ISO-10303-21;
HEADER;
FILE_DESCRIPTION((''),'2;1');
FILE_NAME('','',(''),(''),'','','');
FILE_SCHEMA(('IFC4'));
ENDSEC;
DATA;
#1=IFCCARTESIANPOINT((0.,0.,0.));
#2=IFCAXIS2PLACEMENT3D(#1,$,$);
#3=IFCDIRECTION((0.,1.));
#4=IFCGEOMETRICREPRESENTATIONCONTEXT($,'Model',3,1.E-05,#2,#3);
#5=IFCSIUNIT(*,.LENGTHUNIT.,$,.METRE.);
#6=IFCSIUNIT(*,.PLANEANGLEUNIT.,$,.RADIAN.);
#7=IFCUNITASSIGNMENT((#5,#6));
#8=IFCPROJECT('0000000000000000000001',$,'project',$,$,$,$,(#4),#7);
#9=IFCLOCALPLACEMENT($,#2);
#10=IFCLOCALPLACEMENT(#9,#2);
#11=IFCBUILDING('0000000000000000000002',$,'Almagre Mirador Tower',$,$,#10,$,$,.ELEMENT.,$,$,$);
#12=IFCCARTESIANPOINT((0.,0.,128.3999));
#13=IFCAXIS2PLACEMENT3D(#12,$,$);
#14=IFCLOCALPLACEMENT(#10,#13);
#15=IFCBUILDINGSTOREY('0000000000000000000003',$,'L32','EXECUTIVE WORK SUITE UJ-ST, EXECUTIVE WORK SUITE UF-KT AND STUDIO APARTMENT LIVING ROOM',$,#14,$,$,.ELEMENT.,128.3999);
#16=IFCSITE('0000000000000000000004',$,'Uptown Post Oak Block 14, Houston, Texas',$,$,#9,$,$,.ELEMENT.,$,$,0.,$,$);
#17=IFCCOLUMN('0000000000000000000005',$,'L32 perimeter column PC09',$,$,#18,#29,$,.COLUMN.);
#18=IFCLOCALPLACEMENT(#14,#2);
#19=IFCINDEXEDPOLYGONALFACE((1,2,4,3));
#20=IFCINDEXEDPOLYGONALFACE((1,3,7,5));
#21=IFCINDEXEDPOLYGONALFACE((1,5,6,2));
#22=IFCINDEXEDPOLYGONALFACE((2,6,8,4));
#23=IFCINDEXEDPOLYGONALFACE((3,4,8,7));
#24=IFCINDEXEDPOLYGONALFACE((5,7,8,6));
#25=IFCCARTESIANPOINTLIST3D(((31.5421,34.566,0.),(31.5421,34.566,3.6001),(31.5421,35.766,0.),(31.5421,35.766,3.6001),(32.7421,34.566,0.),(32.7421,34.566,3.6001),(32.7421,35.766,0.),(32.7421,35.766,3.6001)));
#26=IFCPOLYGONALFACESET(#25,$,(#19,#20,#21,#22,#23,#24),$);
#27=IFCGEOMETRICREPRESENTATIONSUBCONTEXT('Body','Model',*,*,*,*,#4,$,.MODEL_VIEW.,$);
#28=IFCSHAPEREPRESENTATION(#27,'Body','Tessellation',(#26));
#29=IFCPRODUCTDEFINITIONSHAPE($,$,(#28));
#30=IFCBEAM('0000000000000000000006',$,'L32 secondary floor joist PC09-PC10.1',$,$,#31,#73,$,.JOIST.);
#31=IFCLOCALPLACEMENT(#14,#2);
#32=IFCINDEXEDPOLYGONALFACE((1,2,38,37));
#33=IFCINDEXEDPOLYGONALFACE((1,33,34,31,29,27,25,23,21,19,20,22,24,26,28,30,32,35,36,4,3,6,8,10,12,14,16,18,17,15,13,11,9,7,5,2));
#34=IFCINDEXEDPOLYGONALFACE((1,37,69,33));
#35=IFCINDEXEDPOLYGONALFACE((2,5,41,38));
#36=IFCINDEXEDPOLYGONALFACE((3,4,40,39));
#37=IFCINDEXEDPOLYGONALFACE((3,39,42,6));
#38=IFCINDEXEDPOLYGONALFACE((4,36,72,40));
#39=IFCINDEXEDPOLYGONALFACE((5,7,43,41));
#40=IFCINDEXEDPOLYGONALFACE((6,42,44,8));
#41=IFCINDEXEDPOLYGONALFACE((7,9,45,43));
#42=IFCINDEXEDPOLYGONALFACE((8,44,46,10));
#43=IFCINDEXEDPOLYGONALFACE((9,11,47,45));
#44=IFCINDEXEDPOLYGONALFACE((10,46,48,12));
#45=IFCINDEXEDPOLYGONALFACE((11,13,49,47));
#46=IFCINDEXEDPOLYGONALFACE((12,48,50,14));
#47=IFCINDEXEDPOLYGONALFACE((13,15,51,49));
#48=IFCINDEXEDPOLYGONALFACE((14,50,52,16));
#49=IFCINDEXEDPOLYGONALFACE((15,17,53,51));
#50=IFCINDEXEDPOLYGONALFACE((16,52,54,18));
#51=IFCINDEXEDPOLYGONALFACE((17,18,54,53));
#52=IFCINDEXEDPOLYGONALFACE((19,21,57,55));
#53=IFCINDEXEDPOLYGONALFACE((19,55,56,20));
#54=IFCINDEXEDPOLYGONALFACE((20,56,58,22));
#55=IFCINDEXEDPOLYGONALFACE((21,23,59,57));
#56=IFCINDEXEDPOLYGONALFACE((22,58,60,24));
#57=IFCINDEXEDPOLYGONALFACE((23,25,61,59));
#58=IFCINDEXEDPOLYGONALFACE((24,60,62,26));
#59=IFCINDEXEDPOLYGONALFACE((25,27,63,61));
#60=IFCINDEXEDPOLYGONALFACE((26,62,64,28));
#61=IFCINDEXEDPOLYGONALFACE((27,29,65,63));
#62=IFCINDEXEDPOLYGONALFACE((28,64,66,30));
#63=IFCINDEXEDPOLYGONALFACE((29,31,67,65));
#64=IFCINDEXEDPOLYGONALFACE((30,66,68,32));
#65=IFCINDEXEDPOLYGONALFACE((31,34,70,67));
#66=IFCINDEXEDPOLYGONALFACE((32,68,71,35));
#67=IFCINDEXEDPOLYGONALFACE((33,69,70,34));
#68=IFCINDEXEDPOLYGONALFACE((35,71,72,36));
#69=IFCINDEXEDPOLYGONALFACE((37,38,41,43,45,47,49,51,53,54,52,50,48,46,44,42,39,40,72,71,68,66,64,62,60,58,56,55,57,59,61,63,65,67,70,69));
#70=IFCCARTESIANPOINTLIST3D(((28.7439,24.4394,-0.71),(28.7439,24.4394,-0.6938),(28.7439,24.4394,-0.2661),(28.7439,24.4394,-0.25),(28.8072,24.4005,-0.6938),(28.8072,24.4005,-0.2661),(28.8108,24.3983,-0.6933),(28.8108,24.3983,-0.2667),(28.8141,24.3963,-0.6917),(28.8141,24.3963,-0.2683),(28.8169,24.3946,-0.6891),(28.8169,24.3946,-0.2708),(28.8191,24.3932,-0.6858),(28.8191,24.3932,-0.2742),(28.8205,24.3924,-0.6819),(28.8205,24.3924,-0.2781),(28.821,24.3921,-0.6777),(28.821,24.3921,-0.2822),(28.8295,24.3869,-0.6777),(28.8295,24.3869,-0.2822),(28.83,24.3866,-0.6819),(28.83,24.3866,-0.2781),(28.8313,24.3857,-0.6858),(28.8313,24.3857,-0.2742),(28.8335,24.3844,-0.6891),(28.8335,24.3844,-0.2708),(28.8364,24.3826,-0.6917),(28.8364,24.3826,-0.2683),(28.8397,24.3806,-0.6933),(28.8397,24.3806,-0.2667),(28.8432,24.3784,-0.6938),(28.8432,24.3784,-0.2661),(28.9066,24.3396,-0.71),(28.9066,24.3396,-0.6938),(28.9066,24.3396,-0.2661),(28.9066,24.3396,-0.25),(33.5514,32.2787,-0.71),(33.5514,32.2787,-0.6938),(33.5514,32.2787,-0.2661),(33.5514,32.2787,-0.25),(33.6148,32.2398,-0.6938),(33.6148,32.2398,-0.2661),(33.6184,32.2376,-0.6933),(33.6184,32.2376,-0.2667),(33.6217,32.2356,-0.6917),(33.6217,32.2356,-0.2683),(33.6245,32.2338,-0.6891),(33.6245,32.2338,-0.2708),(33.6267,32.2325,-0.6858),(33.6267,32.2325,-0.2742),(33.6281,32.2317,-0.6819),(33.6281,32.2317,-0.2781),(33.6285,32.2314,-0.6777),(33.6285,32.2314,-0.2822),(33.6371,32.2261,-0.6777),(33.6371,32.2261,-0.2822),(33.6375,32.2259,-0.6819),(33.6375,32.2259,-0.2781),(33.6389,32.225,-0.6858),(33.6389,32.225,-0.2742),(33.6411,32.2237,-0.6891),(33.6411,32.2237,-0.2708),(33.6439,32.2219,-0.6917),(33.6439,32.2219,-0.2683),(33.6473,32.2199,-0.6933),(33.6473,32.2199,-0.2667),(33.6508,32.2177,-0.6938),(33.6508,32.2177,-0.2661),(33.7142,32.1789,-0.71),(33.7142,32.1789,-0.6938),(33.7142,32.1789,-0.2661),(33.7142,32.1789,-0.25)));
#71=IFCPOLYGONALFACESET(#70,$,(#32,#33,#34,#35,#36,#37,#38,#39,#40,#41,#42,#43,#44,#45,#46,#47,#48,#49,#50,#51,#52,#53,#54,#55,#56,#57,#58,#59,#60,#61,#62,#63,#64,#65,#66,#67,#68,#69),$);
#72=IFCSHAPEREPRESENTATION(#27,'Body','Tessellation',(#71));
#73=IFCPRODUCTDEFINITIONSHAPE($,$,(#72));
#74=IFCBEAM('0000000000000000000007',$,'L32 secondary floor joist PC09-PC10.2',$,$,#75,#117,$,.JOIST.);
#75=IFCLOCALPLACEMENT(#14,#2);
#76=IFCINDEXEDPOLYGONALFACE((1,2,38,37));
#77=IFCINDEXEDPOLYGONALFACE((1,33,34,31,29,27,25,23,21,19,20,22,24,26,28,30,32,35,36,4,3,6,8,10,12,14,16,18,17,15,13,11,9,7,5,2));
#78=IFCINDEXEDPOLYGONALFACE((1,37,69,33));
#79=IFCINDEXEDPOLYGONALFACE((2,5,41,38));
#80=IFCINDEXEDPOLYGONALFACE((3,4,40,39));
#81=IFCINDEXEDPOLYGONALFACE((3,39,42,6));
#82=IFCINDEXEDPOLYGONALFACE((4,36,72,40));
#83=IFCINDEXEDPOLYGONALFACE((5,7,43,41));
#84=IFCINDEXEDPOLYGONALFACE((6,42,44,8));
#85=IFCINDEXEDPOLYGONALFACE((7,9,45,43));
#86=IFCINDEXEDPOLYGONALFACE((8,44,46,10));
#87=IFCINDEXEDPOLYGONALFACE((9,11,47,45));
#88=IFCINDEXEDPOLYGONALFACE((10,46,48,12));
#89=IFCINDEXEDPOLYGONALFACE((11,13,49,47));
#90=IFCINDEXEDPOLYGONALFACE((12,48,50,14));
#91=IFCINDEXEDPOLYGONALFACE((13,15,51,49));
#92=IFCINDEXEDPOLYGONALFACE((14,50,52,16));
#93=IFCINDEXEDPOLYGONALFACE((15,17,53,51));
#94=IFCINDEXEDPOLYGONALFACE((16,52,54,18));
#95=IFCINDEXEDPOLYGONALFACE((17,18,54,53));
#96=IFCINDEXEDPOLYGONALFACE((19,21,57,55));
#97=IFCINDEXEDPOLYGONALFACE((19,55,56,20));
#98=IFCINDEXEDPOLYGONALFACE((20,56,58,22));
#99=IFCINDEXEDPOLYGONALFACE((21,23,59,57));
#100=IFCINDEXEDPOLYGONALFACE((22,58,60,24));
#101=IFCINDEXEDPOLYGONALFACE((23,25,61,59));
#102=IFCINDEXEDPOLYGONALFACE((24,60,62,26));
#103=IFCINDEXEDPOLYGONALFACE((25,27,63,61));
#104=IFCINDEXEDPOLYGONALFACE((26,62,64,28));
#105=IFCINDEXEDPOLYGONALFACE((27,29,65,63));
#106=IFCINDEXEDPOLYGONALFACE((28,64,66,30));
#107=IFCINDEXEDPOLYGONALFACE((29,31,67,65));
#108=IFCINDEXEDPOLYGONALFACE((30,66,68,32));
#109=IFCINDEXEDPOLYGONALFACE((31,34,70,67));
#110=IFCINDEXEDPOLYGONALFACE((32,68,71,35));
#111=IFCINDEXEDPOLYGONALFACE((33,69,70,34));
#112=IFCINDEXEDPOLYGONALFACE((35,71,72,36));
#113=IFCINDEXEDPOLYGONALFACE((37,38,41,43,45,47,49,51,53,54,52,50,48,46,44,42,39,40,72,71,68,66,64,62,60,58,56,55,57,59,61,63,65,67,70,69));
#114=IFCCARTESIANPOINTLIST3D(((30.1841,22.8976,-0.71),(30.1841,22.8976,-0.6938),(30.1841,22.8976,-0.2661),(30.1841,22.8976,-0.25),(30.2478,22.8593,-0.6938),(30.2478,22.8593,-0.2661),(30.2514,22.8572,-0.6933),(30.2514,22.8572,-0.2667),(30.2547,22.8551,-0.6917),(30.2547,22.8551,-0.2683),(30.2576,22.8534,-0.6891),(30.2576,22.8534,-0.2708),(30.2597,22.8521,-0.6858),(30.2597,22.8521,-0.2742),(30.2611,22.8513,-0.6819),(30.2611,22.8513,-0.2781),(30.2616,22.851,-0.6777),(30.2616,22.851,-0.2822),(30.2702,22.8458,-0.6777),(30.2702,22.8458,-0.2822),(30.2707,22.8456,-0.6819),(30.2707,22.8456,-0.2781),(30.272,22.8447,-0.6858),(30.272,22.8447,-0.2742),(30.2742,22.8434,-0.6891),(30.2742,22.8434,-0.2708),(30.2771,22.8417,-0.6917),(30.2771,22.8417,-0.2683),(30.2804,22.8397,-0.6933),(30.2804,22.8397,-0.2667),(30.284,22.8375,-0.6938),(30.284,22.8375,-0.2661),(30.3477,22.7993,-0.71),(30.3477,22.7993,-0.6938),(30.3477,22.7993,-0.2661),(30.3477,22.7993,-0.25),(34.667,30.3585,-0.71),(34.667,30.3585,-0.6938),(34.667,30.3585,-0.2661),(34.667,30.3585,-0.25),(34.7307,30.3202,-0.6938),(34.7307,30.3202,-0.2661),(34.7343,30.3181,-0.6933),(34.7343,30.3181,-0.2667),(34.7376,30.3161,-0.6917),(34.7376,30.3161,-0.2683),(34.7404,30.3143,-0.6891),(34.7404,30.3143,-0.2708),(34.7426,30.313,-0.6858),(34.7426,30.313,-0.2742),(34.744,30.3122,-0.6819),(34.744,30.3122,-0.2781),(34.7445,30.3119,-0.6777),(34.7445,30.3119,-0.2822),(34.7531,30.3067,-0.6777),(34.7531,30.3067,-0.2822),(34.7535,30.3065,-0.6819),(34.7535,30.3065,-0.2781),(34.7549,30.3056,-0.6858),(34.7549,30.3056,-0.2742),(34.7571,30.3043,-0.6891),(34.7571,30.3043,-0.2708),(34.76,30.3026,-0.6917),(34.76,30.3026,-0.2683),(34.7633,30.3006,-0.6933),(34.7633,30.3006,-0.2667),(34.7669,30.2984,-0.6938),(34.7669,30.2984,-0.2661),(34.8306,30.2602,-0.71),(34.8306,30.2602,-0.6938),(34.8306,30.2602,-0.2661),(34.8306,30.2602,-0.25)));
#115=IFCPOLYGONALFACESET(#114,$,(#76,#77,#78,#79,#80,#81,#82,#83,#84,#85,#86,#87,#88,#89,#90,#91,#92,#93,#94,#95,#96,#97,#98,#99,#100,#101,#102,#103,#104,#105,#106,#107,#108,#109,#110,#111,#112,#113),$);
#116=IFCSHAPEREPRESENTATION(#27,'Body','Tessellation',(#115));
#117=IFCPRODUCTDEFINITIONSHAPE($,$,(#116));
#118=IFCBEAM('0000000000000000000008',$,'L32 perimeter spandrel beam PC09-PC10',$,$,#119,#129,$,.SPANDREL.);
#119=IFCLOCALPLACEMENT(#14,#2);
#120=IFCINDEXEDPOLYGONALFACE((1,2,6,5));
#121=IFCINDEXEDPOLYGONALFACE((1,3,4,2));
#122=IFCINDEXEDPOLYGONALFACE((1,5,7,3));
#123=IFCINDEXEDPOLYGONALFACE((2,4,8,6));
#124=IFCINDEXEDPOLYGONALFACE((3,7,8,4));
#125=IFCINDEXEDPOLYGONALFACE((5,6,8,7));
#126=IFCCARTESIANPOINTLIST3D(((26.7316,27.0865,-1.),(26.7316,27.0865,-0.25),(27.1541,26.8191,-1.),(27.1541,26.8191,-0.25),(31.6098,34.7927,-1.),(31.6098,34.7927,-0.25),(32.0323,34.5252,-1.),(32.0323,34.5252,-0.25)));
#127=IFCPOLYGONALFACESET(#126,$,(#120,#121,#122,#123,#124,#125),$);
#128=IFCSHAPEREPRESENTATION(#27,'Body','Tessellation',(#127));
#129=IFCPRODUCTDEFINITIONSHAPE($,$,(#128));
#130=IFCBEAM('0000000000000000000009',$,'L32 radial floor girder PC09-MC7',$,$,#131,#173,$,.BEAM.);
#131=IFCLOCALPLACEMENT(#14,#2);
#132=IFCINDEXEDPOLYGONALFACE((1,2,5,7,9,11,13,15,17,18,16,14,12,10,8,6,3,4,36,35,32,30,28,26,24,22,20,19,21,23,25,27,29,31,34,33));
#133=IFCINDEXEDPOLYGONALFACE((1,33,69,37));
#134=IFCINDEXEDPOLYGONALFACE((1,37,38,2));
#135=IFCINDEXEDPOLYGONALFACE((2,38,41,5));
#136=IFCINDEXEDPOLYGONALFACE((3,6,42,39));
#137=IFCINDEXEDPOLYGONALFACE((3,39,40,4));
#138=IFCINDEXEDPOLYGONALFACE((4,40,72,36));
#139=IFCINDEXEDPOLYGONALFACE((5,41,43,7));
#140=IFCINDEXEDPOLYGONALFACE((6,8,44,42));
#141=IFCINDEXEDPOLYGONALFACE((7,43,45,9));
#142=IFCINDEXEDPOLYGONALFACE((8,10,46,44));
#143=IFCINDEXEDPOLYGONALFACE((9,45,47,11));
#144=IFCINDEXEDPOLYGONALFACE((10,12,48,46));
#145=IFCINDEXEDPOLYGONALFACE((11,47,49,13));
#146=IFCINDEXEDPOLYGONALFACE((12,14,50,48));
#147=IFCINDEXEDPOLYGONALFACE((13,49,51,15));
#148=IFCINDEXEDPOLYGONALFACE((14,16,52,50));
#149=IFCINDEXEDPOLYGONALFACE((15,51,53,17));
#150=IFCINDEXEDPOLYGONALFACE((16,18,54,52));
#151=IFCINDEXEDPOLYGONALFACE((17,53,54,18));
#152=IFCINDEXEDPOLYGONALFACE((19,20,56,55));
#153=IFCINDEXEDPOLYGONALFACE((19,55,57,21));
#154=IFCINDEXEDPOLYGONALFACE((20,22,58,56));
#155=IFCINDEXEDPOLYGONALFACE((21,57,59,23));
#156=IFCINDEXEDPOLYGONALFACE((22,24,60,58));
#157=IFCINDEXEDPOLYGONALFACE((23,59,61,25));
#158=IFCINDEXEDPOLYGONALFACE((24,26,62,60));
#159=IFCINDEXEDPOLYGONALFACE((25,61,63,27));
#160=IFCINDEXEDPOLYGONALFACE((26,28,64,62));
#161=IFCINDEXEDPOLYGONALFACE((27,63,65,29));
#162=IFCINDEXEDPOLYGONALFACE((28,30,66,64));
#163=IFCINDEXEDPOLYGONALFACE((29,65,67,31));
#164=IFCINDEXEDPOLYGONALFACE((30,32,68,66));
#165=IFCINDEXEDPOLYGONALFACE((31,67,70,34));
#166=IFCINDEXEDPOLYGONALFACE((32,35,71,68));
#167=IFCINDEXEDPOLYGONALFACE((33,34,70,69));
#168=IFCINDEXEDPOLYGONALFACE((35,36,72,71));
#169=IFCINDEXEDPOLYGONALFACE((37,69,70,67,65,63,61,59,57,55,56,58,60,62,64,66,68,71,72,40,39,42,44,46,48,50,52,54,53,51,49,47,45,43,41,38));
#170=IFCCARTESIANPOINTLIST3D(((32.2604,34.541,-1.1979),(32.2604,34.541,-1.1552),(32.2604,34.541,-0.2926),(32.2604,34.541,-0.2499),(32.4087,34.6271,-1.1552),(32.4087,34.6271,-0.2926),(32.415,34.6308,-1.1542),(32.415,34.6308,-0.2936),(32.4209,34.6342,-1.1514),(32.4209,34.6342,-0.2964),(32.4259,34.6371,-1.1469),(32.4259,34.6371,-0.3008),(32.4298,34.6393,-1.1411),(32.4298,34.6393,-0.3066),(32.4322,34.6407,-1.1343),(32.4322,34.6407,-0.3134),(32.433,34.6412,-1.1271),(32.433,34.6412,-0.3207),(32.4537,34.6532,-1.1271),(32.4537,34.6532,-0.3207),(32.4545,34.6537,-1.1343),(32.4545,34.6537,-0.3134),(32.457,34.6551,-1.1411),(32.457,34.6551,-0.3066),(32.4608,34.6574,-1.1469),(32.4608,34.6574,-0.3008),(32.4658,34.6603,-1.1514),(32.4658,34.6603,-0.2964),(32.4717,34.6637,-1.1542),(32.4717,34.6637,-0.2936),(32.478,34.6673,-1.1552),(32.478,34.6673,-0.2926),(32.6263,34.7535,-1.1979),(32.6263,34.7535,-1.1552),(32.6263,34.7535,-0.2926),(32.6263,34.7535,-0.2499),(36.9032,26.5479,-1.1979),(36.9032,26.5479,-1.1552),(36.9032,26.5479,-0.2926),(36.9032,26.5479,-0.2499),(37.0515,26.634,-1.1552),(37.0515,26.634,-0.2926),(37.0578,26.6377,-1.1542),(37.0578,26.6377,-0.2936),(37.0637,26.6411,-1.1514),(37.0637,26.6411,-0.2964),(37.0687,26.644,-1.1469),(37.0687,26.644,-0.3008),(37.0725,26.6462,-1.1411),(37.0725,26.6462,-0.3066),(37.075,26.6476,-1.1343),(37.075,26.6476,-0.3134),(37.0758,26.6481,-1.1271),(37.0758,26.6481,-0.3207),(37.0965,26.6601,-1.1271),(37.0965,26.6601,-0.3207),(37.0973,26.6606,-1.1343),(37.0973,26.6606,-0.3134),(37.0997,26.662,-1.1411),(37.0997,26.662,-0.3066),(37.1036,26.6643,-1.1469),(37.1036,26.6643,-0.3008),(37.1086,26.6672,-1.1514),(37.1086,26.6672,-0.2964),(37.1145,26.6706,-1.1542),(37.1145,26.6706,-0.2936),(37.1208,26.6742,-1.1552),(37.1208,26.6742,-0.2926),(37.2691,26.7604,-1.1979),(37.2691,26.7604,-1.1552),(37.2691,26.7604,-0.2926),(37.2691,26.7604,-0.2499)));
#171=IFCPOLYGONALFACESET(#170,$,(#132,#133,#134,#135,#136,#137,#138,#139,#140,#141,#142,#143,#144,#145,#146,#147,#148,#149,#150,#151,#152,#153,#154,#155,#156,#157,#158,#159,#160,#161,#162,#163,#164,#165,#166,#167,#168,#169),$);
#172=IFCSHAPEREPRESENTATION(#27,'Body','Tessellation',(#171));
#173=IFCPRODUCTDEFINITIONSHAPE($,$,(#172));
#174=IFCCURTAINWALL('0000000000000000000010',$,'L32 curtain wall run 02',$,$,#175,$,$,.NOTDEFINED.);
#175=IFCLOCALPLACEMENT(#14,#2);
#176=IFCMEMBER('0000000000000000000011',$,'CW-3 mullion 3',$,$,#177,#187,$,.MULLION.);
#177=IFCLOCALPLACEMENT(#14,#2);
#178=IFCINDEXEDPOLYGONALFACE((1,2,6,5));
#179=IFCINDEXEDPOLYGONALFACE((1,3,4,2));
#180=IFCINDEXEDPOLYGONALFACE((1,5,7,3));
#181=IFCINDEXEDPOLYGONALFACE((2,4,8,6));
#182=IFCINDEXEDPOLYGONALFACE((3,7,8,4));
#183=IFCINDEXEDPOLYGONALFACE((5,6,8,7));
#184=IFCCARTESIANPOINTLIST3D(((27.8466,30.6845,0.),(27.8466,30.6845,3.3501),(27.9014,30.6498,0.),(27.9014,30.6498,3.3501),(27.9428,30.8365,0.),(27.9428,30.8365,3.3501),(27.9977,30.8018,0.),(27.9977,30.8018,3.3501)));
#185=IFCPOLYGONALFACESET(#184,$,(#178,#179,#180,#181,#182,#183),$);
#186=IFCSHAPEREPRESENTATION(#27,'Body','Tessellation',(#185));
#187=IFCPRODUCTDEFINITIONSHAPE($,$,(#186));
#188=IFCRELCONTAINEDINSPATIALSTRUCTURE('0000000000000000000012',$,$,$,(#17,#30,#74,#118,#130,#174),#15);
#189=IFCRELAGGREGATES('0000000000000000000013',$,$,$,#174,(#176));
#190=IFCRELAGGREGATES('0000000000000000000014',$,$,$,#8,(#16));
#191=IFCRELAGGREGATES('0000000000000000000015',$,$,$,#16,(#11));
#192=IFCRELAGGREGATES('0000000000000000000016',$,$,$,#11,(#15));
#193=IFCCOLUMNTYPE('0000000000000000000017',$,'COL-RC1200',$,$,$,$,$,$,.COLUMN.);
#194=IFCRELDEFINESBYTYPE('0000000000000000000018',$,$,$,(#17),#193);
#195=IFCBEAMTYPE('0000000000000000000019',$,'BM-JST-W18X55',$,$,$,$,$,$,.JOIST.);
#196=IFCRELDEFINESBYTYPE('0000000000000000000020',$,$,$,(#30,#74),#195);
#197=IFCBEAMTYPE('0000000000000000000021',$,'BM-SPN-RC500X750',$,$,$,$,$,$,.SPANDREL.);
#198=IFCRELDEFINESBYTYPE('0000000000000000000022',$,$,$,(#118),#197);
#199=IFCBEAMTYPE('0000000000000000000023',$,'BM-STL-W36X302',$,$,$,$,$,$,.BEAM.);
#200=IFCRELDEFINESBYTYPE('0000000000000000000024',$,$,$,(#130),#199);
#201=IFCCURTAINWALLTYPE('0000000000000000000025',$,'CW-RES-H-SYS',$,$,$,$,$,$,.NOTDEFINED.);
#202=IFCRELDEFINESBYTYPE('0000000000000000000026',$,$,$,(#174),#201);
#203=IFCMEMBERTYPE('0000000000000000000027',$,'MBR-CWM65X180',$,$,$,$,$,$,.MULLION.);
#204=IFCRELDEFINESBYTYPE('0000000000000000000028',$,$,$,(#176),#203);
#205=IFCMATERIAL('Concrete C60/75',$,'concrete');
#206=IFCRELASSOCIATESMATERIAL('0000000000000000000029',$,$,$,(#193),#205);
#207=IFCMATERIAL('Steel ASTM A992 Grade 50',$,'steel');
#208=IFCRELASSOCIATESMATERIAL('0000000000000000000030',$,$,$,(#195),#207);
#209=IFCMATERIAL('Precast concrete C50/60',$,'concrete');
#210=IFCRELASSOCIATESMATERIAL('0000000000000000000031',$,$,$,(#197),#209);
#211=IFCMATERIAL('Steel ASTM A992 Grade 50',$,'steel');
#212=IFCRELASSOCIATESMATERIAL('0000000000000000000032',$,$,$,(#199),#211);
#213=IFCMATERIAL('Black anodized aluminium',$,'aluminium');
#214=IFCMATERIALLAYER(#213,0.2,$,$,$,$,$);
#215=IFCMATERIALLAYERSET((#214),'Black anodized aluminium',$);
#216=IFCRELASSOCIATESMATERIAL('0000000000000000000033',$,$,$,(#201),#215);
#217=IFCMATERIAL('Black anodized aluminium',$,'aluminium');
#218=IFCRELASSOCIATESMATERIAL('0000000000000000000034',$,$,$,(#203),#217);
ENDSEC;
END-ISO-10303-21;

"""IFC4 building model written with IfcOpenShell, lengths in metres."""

from ifc_helpers import new_model, si_unit, direction, frame, origin, origin_2d, place, context, subcontext, project, spatial, rectangle, i_section, extrude, material, layer, layer_set, material_profile, profile_set, type_object, element, aggregate, save


model = new_model("IFC4")

# Units and contexts
model_context = context("Model", 3, precision=1e-05, world=origin(), true_north=direction((0.0, 1.0)))
body_context = subcontext(model_context, "Body", "Model", "MODEL_VIEW")
ifc_project = project(units=[si_unit("LENGTHUNIT", "METRE"), si_unit("PLANEANGLEUNIT", "RADIAN")], contexts=[model_context])

# Site, building, storey
site_placement = place(None, origin())
site = spatial("IfcSite", under=ifc_project, at=site_placement, Name="Uptown Post Oak Block 14, Houston, Texas", CompositionType="ELEMENT", RefElevation=0.0)
building_placement = place(site_placement, origin())
building = spatial("IfcBuilding", under=site, at=building_placement, Name="Almagre Mirador Tower", CompositionType="ELEMENT")
storey_placement = place(building_placement, frame((0.0, 0.0, 128.3999)))
storey = spatial("IfcBuildingStorey", under=building, at=storey_placement, Name="L32", Description="EXECUTIVE WORK SUITE UJ-ST, EXECUTIVE WORK SUITE UF-KT AND STUDIO APARTMENT LIVING ROOM", CompositionType="ELEMENT", Elevation=128.3999)

# Column
ifc_material_1 = material(Name="Concrete C60/75", Category="concrete")
ifc_material_profile_1 = material_profile(ifc_material_1, rectangle(XDim=1.2, YDim=1.2, at=origin_2d()), Name="RC1200X1200")
ifc_profile_set_1 = profile_set([ifc_material_profile_1], Name="Concrete C60/75")
column_type = type_object("IfcColumnType", Name="COL-RC1200", PredefinedType="COLUMN", material=ifc_profile_set_1)
column_placement = place(storey_placement, frame((32.1421, 35.166, 0.0), z_axis=(0.0, 0.0, 1.0), x_axis=(1.0, 0.0, 0.0)))
element("IfcColumn", 1, at=column_placement, inside=storey, type_object=column_type, Name="L32 perimeter column PC09", PredefinedType="COLUMN", context=body_context, shape_type="SweptSolid", body=[
    extrude(rectangle(XDim=1.2, YDim=1.2, at=origin_2d()), origin(), (0.0, 0.0, 1.0), 3.6001),
])

# Beams
ifc_material_2 = material(Name="Steel ASTM A992 Grade 50", Category="steel")
ifc_material_profile_2 = material_profile(ifc_material_2, i_section(OverallWidth=0.1909, OverallDepth=0.46, WebThickness=0.01, FlangeThickness=0.0161, FilletRadius=0.0161, at=origin_2d()), Name="W18X55")
ifc_profile_set_2 = profile_set([ifc_material_profile_2], Name="Steel ASTM A992 Grade 50")
beam_type_1 = type_object("IfcBeamType", Name="BM-JST-W18X55", PredefinedType="JOIST", material=ifc_profile_set_2)
beam_1_placement = place(storey_placement, frame((33.6328, 32.2288, -0.48), z_axis=(-0.522787, -0.852463, 0.0), x_axis=(0.852463, -0.522787, 0.0)))
element("IfcBeam", 2, at=beam_1_placement, inside=storey, type_object=beam_type_1, Name="L32 secondary floor joist PC09-PC10.1", PredefinedType="JOIST", context=body_context, shape_type="SweptSolid", body=[
    extrude(i_section(OverallWidth=0.1909, OverallDepth=0.46, WebThickness=0.01, FlangeThickness=0.0161, FilletRadius=0.0161, at=origin_2d()), origin(), (0.0, 0.0, 1.0), 9.196),
])
beam_2_placement = place(storey_placement, frame((34.7488, 30.3093, -0.48), z_axis=(-0.515032, -0.857171, 0.0), x_axis=(0.857171, -0.515032, 0.0)))
element("IfcBeam", 3, at=beam_2_placement, inside=storey, type_object=beam_type_1, Name="L32 secondary floor joist PC09-PC10.2", PredefinedType="JOIST", context=body_context, shape_type="SweptSolid", body=[
    extrude(i_section(OverallWidth=0.1909, OverallDepth=0.46, WebThickness=0.01, FlangeThickness=0.0161, FilletRadius=0.0161, at=origin_2d()), origin(), (0.0, 0.0, 1.0), 8.7041),
])
ifc_material_3 = material(Name="Precast concrete C50/60", Category="concrete")
ifc_material_profile_3 = material_profile(ifc_material_3, rectangle(XDim=0.5, YDim=0.75, at=origin_2d()), Name="RC500X750")
ifc_profile_set_3 = profile_set([ifc_material_profile_3], Name="Precast concrete C50/60")
beam_type_2 = type_object("IfcBeamType", Name="BM-SPN-RC500X750", PredefinedType="SPANDREL", material=ifc_profile_set_3)
beam_3_placement = place(storey_placement, frame((31.821, 34.6589, -0.625), z_axis=(-0.53487, -0.844934, 0.0), x_axis=(0.844934, -0.53487, 0.0)))
element("IfcBeam", 4, at=beam_3_placement, inside=storey, type_object=beam_type_2, Name="L32 perimeter spandrel beam PC09-PC10", PredefinedType="SPANDREL", context=body_context, shape_type="SweptSolid", body=[
    extrude(rectangle(XDim=0.5, YDim=0.75, at=origin_2d()), origin(), (0.0, 0.0, 1.0), 9.1204),
])
ifc_material_4 = material(Name="Steel ASTM A992 Grade 50", Category="steel")
ifc_material_profile_4 = material_profile(ifc_material_4, i_section(OverallWidth=0.4231, OverallDepth=0.948, WebThickness=0.0239, FlangeThickness=0.0427, FilletRadius=0.0281, at=origin_2d()), Name="W36X302")
ifc_profile_set_4 = profile_set([ifc_material_profile_4], Name="Steel ASTM A992 Grade 50")
beam_type_3 = type_object("IfcBeamType", Name="BM-STL-W36X302", PredefinedType="BEAM", material=ifc_profile_set_4)
beam_4_placement = place(storey_placement, frame((32.4434, 34.6472, -0.7239), z_axis=(0.502267, -0.864712, 0.0), x_axis=(0.864712, 0.502267, 0.0)))
element("IfcBeam", 5, at=beam_4_placement, inside=storey, type_object=beam_type_3, Name="L32 radial floor girder PC09-MC7", PredefinedType="BEAM", context=body_context, shape_type="SweptSolid", body=[
    extrude(i_section(OverallWidth=0.4231, OverallDepth=0.948, WebThickness=0.0239, FlangeThickness=0.0427, FilletRadius=0.0281, at=origin_2d()), origin(), (0.0, 0.0, 1.0), 9.2437),
])

# Curtain wall, member
ifc_material_5 = material(Name="Black anodized aluminium", Category="aluminium")
ifc_layer_1 = layer(ifc_material_5, 0.2)
ifc_layer_set_1 = layer_set([ifc_layer_1], Name="Black anodized aluminium")
curtain_wall_type = type_object("IfcCurtainWallType", Name="CW-RES-H-SYS", PredefinedType="NOTDEFINED", material=ifc_layer_set_1)
curtain_wall_placement = place(storey_placement, origin())
curtain_wall = element("IfcCurtainWall", 6, at=curtain_wall_placement, inside=storey, type_object=curtain_wall_type, Name="L32 curtain wall run 02", PredefinedType="NOTDEFINED")
ifc_material_6 = material(Name="Black anodized aluminium", Category="aluminium")
ifc_material_profile_5 = material_profile(ifc_material_6, rectangle(XDim=0.0649, YDim=0.1799, at=origin_2d()), Name="CWM65X180")
ifc_profile_set_5 = profile_set([ifc_material_profile_5], Name="Black anodized aluminium")
member_type = type_object("IfcMemberType", Name="MBR-CWM65X180", PredefinedType="MULLION", material=ifc_profile_set_5)
member_placement = place(storey_placement, frame((27.9221, 30.7432, 0.0), z_axis=(0.0, 0.0, 1.0), x_axis=(-0.84492, 0.534893, 0.0)))
member = element("IfcMember", 7, at=member_placement, type_object=member_type, Name="CW-3 mullion 3", PredefinedType="MULLION", context=body_context, shape_type="SweptSolid", body=[
    extrude(rectangle(XDim=0.0649, YDim=0.1799, at=origin_2d()), origin(), (0.0, 0.0, 1.0), 3.3501),
])
aggregate(curtain_wall, [member])

save(model, "model.ifc")
